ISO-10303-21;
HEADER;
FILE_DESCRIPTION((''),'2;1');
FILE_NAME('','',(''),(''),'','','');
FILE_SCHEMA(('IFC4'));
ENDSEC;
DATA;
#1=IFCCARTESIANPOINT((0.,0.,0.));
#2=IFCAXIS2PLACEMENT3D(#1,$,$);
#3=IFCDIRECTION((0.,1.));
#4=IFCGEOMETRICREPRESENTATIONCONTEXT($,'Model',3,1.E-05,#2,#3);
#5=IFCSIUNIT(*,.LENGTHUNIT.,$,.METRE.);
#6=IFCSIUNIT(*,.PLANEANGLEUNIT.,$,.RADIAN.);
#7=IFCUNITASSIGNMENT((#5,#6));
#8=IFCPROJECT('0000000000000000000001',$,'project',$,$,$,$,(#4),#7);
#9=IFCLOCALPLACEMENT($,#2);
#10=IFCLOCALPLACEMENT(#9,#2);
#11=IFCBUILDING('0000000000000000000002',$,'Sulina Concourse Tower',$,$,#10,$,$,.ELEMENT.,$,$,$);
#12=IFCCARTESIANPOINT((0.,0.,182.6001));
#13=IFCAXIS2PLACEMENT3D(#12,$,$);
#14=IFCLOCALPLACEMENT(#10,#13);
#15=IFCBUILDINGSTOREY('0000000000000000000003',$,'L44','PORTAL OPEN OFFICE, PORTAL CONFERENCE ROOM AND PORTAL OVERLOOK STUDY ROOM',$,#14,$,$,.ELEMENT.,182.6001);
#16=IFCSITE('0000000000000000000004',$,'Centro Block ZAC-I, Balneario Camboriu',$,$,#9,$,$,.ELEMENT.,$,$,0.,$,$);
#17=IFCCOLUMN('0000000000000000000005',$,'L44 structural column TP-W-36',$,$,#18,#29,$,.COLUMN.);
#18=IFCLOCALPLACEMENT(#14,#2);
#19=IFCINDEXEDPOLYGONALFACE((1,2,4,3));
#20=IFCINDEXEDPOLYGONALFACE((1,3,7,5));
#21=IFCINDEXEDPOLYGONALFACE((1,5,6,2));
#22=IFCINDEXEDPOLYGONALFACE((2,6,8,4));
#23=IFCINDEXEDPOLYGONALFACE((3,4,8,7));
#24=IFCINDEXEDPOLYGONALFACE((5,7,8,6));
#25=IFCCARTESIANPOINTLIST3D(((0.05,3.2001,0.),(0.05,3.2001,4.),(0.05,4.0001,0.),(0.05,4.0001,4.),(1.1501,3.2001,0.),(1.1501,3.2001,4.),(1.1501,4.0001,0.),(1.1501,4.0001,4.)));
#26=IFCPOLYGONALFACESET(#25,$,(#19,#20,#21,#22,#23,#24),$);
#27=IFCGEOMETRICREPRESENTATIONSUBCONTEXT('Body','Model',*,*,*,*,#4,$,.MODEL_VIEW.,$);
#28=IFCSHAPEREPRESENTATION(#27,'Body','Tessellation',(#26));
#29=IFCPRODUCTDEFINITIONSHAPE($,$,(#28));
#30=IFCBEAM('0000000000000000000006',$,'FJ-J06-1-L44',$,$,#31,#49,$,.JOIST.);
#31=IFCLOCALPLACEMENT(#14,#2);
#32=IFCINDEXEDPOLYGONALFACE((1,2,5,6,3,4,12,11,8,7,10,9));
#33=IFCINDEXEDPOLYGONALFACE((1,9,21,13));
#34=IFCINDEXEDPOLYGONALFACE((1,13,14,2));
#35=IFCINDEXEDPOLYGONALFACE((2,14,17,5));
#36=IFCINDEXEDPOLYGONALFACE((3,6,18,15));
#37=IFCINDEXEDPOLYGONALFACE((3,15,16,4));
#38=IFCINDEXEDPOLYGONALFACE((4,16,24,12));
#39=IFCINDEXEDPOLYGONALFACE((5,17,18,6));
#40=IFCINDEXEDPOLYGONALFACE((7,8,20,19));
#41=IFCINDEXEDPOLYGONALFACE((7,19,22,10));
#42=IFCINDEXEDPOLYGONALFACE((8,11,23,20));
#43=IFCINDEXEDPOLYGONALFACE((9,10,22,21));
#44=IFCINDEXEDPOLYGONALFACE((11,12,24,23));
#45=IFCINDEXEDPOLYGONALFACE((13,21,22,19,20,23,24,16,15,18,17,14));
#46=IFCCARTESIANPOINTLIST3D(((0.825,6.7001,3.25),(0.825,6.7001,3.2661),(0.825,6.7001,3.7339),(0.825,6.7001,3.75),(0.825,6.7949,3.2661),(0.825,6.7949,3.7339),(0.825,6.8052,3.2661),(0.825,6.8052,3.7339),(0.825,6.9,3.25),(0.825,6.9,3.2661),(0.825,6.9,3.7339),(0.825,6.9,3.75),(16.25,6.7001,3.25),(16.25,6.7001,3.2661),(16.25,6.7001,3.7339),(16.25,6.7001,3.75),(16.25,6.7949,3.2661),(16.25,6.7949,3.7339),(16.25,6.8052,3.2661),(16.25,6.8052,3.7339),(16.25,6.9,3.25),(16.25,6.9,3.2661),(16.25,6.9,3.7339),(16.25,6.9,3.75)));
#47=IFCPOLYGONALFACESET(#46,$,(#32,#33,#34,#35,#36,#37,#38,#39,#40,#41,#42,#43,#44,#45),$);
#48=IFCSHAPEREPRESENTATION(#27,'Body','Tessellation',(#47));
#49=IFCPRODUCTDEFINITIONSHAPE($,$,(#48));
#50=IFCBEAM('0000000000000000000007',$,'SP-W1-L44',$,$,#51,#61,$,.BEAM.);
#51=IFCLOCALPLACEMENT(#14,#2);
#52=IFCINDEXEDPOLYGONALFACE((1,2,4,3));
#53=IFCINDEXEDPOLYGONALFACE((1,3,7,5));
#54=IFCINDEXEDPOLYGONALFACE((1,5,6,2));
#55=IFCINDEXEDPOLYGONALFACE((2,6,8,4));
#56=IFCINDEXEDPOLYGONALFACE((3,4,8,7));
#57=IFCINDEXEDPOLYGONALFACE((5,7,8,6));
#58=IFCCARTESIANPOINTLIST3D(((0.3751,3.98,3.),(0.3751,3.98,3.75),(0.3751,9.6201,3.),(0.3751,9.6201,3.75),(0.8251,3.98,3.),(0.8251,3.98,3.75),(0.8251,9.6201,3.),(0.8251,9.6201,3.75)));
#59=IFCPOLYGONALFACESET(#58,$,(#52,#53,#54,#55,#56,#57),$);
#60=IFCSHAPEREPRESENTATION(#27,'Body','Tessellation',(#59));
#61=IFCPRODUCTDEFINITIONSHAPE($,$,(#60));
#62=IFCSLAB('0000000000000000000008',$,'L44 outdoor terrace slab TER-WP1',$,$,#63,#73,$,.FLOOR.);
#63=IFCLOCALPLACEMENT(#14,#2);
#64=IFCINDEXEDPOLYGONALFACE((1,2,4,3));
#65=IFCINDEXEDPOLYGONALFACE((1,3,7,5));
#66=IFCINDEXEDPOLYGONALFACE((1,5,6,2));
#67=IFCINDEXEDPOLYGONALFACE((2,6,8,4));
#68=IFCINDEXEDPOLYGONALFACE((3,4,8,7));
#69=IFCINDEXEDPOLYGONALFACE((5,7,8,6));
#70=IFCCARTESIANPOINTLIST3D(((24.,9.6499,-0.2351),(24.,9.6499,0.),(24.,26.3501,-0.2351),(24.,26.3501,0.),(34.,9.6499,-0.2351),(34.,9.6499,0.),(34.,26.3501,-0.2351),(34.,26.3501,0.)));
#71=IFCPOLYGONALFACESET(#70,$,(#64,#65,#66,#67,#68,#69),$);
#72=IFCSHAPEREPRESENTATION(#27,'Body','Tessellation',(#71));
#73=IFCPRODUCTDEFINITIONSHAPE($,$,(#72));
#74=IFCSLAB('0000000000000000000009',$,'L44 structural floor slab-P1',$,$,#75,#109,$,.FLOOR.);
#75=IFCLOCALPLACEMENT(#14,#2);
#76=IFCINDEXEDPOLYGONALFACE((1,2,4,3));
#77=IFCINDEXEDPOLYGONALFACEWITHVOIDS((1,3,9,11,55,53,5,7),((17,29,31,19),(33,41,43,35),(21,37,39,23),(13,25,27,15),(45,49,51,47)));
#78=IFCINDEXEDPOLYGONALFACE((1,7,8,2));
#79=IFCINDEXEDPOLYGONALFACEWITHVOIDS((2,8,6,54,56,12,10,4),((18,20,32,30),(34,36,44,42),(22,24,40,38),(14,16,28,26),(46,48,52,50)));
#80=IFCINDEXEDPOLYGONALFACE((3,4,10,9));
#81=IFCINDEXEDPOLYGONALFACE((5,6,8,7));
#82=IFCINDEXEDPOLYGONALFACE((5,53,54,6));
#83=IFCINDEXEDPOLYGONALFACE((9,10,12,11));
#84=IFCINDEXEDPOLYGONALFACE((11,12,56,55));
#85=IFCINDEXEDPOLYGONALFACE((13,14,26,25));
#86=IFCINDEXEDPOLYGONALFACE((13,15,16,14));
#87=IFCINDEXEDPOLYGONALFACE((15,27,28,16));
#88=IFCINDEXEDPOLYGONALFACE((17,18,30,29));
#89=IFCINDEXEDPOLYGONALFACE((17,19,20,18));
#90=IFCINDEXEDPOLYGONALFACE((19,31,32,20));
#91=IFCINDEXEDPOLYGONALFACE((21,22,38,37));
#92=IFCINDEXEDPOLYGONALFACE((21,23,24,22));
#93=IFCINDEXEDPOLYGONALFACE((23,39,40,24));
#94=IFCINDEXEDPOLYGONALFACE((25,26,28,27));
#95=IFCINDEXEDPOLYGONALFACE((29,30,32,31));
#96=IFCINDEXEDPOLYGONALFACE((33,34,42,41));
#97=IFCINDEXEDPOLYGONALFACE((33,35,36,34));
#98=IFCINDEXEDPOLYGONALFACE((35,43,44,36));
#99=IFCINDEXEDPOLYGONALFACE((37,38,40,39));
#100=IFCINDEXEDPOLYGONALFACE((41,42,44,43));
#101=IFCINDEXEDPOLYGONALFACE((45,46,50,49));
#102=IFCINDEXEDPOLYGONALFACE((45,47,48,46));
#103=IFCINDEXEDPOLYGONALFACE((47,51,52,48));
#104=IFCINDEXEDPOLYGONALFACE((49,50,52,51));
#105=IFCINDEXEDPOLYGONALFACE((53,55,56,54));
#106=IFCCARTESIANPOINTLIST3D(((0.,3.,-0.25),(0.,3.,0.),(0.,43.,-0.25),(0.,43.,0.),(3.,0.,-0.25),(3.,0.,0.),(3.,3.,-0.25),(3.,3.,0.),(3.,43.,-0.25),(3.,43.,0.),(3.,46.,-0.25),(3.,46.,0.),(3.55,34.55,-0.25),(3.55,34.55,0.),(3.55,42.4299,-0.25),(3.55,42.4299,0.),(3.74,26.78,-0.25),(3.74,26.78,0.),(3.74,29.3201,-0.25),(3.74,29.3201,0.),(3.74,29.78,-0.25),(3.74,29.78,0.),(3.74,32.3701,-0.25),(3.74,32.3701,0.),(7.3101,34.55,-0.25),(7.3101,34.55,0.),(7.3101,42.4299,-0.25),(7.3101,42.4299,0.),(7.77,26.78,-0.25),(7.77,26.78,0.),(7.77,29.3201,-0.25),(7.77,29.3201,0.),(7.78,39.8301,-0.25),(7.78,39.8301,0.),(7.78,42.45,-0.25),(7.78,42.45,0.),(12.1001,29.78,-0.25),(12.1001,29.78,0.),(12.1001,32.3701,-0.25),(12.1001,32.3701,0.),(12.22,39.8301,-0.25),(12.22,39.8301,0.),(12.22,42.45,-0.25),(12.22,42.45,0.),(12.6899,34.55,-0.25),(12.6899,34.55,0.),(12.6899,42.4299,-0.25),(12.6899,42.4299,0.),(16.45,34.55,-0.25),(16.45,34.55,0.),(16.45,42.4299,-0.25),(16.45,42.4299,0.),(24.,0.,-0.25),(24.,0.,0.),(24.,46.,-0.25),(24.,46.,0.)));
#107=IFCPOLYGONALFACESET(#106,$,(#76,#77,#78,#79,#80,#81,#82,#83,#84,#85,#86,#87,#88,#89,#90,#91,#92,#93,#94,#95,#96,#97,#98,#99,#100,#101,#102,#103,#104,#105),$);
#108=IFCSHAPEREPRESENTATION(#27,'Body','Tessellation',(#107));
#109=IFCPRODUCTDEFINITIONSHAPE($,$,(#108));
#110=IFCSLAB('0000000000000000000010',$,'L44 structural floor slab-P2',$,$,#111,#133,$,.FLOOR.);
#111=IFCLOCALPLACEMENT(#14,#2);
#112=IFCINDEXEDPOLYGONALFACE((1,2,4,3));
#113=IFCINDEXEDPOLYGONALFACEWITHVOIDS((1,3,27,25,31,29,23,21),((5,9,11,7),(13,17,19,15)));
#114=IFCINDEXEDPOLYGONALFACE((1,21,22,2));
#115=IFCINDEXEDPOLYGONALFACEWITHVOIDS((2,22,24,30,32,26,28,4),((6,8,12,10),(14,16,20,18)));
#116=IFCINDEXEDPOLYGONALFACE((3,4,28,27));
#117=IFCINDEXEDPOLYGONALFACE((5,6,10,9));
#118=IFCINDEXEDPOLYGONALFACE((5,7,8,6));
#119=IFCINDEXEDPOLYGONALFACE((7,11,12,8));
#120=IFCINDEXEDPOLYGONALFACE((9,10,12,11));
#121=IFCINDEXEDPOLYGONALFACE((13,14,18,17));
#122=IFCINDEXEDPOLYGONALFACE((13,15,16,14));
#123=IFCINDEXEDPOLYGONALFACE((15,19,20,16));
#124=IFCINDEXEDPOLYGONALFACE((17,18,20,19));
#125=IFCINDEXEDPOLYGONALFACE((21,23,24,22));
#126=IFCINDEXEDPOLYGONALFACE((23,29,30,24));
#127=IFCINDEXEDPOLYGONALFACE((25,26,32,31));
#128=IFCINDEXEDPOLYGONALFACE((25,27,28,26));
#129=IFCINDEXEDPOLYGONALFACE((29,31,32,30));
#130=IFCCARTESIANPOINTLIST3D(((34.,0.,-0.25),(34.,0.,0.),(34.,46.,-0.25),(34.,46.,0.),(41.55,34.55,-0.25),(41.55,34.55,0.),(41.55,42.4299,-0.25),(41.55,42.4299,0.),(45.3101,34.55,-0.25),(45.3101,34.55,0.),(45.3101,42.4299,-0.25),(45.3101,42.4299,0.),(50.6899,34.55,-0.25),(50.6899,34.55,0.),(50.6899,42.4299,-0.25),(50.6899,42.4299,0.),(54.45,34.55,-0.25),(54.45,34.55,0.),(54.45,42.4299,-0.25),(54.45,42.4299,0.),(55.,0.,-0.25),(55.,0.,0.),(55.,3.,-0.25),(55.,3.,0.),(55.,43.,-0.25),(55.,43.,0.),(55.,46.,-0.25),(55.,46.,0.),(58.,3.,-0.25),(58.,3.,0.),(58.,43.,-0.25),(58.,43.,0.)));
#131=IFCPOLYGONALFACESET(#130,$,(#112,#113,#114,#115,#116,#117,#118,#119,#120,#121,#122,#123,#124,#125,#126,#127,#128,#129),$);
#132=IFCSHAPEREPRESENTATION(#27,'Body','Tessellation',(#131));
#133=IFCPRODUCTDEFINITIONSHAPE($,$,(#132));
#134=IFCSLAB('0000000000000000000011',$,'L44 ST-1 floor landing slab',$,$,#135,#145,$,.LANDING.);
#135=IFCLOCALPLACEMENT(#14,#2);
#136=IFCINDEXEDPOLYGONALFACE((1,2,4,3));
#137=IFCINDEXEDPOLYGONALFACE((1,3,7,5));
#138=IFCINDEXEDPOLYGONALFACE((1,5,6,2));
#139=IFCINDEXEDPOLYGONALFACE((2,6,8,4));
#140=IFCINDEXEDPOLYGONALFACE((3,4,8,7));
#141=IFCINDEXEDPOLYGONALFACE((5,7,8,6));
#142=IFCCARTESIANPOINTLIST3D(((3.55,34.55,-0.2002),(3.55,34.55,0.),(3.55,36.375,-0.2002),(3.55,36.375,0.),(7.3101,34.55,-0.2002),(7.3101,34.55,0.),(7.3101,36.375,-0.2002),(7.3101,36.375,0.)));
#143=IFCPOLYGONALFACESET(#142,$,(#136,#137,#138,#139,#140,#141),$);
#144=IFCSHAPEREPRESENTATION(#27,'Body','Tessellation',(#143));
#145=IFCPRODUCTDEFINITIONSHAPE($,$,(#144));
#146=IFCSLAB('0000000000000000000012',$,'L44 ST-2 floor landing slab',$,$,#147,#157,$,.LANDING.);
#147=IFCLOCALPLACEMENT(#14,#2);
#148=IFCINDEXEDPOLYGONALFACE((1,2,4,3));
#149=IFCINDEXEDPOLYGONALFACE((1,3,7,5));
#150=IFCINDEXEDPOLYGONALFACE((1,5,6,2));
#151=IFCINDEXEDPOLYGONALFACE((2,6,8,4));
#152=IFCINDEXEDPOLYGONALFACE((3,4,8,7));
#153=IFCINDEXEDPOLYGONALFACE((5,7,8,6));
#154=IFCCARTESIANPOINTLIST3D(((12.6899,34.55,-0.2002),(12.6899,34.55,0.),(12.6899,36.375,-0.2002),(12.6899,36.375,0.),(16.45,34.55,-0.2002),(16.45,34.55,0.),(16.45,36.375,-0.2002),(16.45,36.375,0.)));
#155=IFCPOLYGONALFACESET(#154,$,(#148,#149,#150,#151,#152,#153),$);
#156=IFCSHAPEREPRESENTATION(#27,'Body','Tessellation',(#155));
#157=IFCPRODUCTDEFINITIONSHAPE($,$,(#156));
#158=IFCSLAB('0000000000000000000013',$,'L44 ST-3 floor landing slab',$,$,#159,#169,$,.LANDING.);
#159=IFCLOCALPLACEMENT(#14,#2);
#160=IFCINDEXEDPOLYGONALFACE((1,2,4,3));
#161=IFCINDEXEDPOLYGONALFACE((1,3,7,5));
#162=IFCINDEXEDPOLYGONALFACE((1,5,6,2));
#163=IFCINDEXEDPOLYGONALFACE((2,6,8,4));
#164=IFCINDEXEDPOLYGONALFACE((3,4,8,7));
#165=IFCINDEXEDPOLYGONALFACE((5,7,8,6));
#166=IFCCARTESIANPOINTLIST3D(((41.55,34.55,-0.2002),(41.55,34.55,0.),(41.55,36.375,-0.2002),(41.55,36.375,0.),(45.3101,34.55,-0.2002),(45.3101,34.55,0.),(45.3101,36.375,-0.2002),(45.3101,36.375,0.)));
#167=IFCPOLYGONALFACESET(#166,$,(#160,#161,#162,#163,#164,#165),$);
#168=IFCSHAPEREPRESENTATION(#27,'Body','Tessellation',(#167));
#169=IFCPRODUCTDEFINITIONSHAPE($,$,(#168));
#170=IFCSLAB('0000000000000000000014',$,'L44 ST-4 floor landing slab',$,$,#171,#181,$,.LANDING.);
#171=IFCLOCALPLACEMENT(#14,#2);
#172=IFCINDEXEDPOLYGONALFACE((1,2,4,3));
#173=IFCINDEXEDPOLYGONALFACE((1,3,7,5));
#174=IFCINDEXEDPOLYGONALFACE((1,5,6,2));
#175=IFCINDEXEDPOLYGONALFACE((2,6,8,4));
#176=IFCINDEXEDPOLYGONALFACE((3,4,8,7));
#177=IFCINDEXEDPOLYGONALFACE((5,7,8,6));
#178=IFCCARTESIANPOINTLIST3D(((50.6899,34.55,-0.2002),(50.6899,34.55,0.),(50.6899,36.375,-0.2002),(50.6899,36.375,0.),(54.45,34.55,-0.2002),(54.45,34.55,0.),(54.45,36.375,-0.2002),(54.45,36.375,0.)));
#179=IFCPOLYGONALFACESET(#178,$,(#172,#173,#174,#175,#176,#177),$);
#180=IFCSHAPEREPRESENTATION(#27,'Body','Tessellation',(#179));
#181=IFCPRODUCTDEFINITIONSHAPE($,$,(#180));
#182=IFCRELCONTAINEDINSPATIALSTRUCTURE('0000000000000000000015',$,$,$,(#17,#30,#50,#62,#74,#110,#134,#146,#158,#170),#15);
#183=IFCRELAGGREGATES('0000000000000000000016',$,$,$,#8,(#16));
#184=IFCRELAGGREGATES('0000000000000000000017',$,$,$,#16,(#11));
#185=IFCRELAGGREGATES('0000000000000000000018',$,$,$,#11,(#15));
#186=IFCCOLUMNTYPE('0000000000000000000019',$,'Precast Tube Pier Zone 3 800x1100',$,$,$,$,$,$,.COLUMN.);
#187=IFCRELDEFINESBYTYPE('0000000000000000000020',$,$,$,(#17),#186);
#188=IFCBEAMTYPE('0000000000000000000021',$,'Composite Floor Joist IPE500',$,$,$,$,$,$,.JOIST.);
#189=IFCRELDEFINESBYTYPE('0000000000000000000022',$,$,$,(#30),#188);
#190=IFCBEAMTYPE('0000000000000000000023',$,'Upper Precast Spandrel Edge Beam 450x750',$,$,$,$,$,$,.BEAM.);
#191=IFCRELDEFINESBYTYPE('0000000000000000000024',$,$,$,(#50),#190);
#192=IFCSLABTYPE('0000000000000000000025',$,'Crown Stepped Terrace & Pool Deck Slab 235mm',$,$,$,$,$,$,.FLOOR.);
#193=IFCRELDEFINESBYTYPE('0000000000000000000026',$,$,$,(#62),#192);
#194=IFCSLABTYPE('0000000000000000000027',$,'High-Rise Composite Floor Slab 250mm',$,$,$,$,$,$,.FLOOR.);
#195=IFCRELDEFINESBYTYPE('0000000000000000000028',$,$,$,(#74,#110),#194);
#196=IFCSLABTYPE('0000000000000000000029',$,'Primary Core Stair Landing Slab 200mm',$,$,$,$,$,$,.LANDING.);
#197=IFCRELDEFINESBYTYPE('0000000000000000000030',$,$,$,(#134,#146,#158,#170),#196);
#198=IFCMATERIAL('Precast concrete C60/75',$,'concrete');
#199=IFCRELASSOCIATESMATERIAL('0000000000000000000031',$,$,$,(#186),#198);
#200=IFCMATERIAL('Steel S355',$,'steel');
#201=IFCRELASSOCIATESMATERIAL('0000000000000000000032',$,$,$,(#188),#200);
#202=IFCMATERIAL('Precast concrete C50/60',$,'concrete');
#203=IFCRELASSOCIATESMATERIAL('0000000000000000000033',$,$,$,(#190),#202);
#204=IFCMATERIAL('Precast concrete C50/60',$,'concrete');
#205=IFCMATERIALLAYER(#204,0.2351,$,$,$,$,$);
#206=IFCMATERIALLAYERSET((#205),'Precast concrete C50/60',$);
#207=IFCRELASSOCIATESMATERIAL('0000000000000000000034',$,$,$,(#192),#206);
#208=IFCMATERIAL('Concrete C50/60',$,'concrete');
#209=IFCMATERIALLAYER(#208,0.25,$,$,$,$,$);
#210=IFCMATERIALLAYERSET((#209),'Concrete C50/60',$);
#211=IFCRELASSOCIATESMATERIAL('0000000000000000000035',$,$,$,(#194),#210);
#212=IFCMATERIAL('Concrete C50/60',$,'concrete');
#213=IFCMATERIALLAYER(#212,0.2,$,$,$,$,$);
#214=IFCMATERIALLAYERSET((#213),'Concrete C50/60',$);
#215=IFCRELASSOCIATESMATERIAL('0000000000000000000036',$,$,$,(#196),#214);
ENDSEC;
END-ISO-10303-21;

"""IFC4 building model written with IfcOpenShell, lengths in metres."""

from ifc_helpers import new_model, si_unit, direction, frame, origin, origin_2d, place, context, subcontext, project, spatial, polyline, rectangle, i_section, outline, extrude, material, layer, layer_set, material_profile, profile_set, type_object, element, save


model = new_model("IFC4")

# Units and contexts
model_context = context("Model", 3, precision=1e-05, world=origin(), true_north=direction((0.0, 1.0)))
body_context = subcontext(model_context, "Body", "Model", "MODEL_VIEW")
ifc_project = project(units=[si_unit("LENGTHUNIT", "METRE"), si_unit("PLANEANGLEUNIT", "RADIAN")], contexts=[model_context])

# Site, building, storey
site_placement = place(None, origin())
site = spatial("IfcSite", under=ifc_project, at=site_placement, Name="Centro Block ZAC-I, Balneario Camboriu", CompositionType="ELEMENT", RefElevation=0.0)
building_placement = place(site_placement, origin())
building = spatial("IfcBuilding", under=site, at=building_placement, Name="Sulina Concourse Tower", CompositionType="ELEMENT")
storey_placement = place(building_placement, frame((0.0, 0.0, 182.6001)))
storey = spatial("IfcBuildingStorey", under=building, at=storey_placement, Name="L44", Description="PORTAL OPEN OFFICE, PORTAL CONFERENCE ROOM AND PORTAL OVERLOOK STUDY ROOM", CompositionType="ELEMENT", Elevation=182.6001)

# Column
ifc_material_1 = material(Name="Precast concrete C60/75", Category="concrete")
ifc_material_profile_1 = material_profile(ifc_material_1, rectangle(XDim=0.8, YDim=1.1001, at=origin_2d()), Name="PC 800x1100")
ifc_profile_set_1 = profile_set([ifc_material_profile_1], Name="Precast concrete C60/75")
column_type = type_object("IfcColumnType", Name="Precast Tube Pier Zone 3 800x1100", PredefinedType="COLUMN", material=ifc_profile_set_1)
column_placement = place(storey_placement, frame((0.6001, 3.6001, 0.0), z_axis=(0.0, 0.0, 1.0), x_axis=(0.0, 1.0, 0.0)))
element("IfcColumn", 1, at=column_placement, inside=storey, type_object=column_type, Name="L44 structural column TP-W-36", PredefinedType="COLUMN", context=body_context, shape_type="SweptSolid", body=[
    extrude(rectangle(XDim=0.8, YDim=1.1001, at=origin_2d()), origin(), (0.0, 0.0, 1.0), 4.0),
])

# Beams
ifc_material_2 = material(Name="Steel S355", Category="steel")
ifc_material_profile_2 = material_profile(ifc_material_2, i_section(OverallWidth=0.2, OverallDepth=0.5, WebThickness=0.0103, FlangeThickness=0.0161, at=origin_2d()), Name="IPE 500")
ifc_profile_set_2 = profile_set([ifc_material_profile_2], Name="Steel S355")
beam_type_1 = type_object("IfcBeamType", Name="Composite Floor Joist IPE500", PredefinedType="JOIST", material=ifc_profile_set_2)
beam_1_placement = place(storey_placement, frame((0.825, 6.8, 3.5), z_axis=(1.0, 0.0, 0.0), x_axis=(0.0, 1.0, 0.0)))
element("IfcBeam", 2, at=beam_1_placement, inside=storey, type_object=beam_type_1, Name="FJ-J06-1-L44", PredefinedType="JOIST", context=body_context, shape_type="SweptSolid", body=[
    extrude(i_section(OverallWidth=0.2, OverallDepth=0.5, WebThickness=0.0103, FlangeThickness=0.0161, at=origin_2d()), origin(), (0.0, 0.0, 1.0), 15.425),
])
ifc_material_3 = material(Name="Precast concrete C50/60", Category="concrete")
ifc_material_profile_3 = material_profile(ifc_material_3, rectangle(XDim=0.45, YDim=0.75, at=origin_2d()), Name="RC 450x750")
ifc_profile_set_3 = profile_set([ifc_material_profile_3], Name="Precast concrete C50/60")
beam_type_2 = type_object("IfcBeamType", Name="Upper Precast Spandrel Edge Beam 450x750", PredefinedType="BEAM", material=ifc_profile_set_3)
beam_2_placement = place(storey_placement, frame((0.6001, 3.98, 3.375), z_axis=(0.0, 1.0, 0.0), x_axis=(-1.0, 0.0, 0.0)))
element("IfcBeam", 3, at=beam_2_placement, inside=storey, type_object=beam_type_2, Name="SP-W1-L44", PredefinedType="BEAM", context=body_context, shape_type="SweptSolid", body=[
    extrude(rectangle(XDim=0.45, YDim=0.75, at=origin_2d()), origin(), (0.0, 0.0, 1.0), 5.6401),
])

# Slabs
ifc_material_4 = material(Name="Precast concrete C50/60", Category="concrete")
ifc_layer_1 = layer(ifc_material_4, 0.2351)
ifc_layer_set_1 = layer_set([ifc_layer_1], Name="Precast concrete C50/60")
slab_type_1 = type_object("IfcSlabType", Name="Crown Stepped Terrace & Pool Deck Slab 235mm", PredefinedType="FLOOR", material=ifc_layer_set_1)
slab_1_placement = place(storey_placement, frame((0.0, 0.0, -0.2351)))
element("IfcSlab", 4, at=slab_1_placement, inside=storey, type_object=slab_type_1, Name="L44 outdoor terrace slab TER-WP1", PredefinedType="FLOOR", context=body_context, shape_type="SweptSolid", body=[
    extrude(outline(polyline([(24.0, 9.6499), (34.0, 9.6499), (34.0, 26.3501), (24.0, 26.3501), (24.0, 9.6499)])), origin(), (0.0, 0.0, 1.0), 0.2351),
])
ifc_material_5 = material(Name="Concrete C50/60", Category="concrete")
ifc_layer_2 = layer(ifc_material_5, 0.25)
ifc_layer_set_2 = layer_set([ifc_layer_2], Name="Concrete C50/60")
slab_type_2 = type_object("IfcSlabType", Name="High-Rise Composite Floor Slab 250mm", PredefinedType="FLOOR", material=ifc_layer_set_2)
slab_2_placement = place(storey_placement, frame((0.0, 0.0, -0.25)))
element("IfcSlab", 5, at=slab_2_placement, inside=storey, type_object=slab_type_2, Name="L44 structural floor slab-P1", PredefinedType="FLOOR", context=body_context, shape_type="SweptSolid", body=[
    extrude(outline(polyline([(3.0, 0.0), (24.0, 0.0), (24.0, 46.0), (3.0, 46.0), (3.0, 43.0), (0.0, 43.0), (0.0, 3.0), (3.0, 3.0), (3.0, 0.0)]), holes=[polyline([(7.3101, 34.55), (7.3101, 42.4299), (3.55, 42.4299), (3.55, 34.55), (7.3101, 34.55)]), polyline([(16.45, 34.55), (16.45, 42.4299), (12.6899, 42.4299), (12.6899, 34.55), (16.45, 34.55)]), polyline([(7.78, 39.8301), (12.22, 39.8301), (12.22, 42.45), (7.78, 42.45), (7.78, 39.8301)]), polyline([(3.74, 26.78), (7.77, 26.78), (7.77, 29.3201), (3.74, 29.3201), (3.74, 26.78)]), polyline([(3.74, 29.78), (12.1001, 29.78), (12.1001, 32.3701), (3.74, 32.3701), (3.74, 29.78)])]), origin(), (0.0, 0.0, 1.0), 0.25),
])
slab_3_placement = place(storey_placement, frame((0.0, 0.0, -0.25)))
element("IfcSlab", 6, at=slab_3_placement, inside=storey, type_object=slab_type_2, Name="L44 structural floor slab-P2", PredefinedType="FLOOR", context=body_context, shape_type="SweptSolid", body=[
    extrude(outline(polyline([(34.0, 0.0), (55.0, 0.0), (55.0, 3.0), (58.0, 3.0), (58.0, 43.0), (55.0, 43.0), (55.0, 46.0), (34.0, 46.0), (34.0, 0.0)]), holes=[polyline([(45.3101, 34.55), (45.3101, 42.4299), (41.55, 42.4299), (41.55, 34.55), (45.3101, 34.55)]), polyline([(54.45, 34.55), (54.45, 42.4299), (50.6899, 42.4299), (50.6899, 34.55), (54.45, 34.55)])]), origin(), (0.0, 0.0, 1.0), 0.25),
])
ifc_material_6 = material(Name="Concrete C50/60", Category="concrete")
ifc_layer_3 = layer(ifc_material_6, 0.2)
ifc_layer_set_3 = layer_set([ifc_layer_3], Name="Concrete C50/60")
slab_type_3 = type_object("IfcSlabType", Name="Primary Core Stair Landing Slab 200mm", PredefinedType="LANDING", material=ifc_layer_set_3)
slab_4_placement = place(storey_placement, frame((0.0, 0.0, -0.2002)))
element("IfcSlab", 7, at=slab_4_placement, inside=storey, type_object=slab_type_3, Name="L44 ST-1 floor landing slab", PredefinedType="LANDING", context=body_context, shape_type="SweptSolid", body=[
    extrude(outline(polyline([(7.3101, 34.55), (7.3101, 36.375), (3.55, 36.375), (3.55, 34.55), (7.3101, 34.55)])), origin(), (0.0, 0.0, 1.0), 0.2002),
])
slab_5_placement = place(storey_placement, frame((0.0, 0.0, -0.2002)))
element("IfcSlab", 8, at=slab_5_placement, inside=storey, type_object=slab_type_3, Name="L44 ST-2 floor landing slab", PredefinedType="LANDING", context=body_context, shape_type="SweptSolid", body=[
    extrude(outline(polyline([(16.45, 34.55), (16.45, 36.375), (12.6899, 36.375), (12.6899, 34.55), (16.45, 34.55)])), origin(), (0.0, 0.0, 1.0), 0.2002),
])
slab_6_placement = place(storey_placement, frame((0.0, 0.0, -0.2002)))
element("IfcSlab", 9, at=slab_6_placement, inside=storey, type_object=slab_type_3, Name="L44 ST-3 floor landing slab", PredefinedType="LANDING", context=body_context, shape_type="SweptSolid", body=[
    extrude(outline(polyline([(45.3101, 34.55), (45.3101, 36.375), (41.55, 36.375), (41.55, 34.55), (45.3101, 34.55)])), origin(), (0.0, 0.0, 1.0), 0.2002),
])
slab_7_placement = place(storey_placement, frame((0.0, 0.0, -0.2002)))
element("IfcSlab", 10, at=slab_7_placement, inside=storey, type_object=slab_type_3, Name="L44 ST-4 floor landing slab", PredefinedType="LANDING", context=body_context, shape_type="SweptSolid", body=[
    extrude(outline(polyline([(54.45, 34.55), (54.45, 36.375), (50.6899, 36.375), (50.6899, 34.55), (54.45, 34.55)])), origin(), (0.0, 0.0, 1.0), 0.2002),
])

save(model, "model.ifc")
